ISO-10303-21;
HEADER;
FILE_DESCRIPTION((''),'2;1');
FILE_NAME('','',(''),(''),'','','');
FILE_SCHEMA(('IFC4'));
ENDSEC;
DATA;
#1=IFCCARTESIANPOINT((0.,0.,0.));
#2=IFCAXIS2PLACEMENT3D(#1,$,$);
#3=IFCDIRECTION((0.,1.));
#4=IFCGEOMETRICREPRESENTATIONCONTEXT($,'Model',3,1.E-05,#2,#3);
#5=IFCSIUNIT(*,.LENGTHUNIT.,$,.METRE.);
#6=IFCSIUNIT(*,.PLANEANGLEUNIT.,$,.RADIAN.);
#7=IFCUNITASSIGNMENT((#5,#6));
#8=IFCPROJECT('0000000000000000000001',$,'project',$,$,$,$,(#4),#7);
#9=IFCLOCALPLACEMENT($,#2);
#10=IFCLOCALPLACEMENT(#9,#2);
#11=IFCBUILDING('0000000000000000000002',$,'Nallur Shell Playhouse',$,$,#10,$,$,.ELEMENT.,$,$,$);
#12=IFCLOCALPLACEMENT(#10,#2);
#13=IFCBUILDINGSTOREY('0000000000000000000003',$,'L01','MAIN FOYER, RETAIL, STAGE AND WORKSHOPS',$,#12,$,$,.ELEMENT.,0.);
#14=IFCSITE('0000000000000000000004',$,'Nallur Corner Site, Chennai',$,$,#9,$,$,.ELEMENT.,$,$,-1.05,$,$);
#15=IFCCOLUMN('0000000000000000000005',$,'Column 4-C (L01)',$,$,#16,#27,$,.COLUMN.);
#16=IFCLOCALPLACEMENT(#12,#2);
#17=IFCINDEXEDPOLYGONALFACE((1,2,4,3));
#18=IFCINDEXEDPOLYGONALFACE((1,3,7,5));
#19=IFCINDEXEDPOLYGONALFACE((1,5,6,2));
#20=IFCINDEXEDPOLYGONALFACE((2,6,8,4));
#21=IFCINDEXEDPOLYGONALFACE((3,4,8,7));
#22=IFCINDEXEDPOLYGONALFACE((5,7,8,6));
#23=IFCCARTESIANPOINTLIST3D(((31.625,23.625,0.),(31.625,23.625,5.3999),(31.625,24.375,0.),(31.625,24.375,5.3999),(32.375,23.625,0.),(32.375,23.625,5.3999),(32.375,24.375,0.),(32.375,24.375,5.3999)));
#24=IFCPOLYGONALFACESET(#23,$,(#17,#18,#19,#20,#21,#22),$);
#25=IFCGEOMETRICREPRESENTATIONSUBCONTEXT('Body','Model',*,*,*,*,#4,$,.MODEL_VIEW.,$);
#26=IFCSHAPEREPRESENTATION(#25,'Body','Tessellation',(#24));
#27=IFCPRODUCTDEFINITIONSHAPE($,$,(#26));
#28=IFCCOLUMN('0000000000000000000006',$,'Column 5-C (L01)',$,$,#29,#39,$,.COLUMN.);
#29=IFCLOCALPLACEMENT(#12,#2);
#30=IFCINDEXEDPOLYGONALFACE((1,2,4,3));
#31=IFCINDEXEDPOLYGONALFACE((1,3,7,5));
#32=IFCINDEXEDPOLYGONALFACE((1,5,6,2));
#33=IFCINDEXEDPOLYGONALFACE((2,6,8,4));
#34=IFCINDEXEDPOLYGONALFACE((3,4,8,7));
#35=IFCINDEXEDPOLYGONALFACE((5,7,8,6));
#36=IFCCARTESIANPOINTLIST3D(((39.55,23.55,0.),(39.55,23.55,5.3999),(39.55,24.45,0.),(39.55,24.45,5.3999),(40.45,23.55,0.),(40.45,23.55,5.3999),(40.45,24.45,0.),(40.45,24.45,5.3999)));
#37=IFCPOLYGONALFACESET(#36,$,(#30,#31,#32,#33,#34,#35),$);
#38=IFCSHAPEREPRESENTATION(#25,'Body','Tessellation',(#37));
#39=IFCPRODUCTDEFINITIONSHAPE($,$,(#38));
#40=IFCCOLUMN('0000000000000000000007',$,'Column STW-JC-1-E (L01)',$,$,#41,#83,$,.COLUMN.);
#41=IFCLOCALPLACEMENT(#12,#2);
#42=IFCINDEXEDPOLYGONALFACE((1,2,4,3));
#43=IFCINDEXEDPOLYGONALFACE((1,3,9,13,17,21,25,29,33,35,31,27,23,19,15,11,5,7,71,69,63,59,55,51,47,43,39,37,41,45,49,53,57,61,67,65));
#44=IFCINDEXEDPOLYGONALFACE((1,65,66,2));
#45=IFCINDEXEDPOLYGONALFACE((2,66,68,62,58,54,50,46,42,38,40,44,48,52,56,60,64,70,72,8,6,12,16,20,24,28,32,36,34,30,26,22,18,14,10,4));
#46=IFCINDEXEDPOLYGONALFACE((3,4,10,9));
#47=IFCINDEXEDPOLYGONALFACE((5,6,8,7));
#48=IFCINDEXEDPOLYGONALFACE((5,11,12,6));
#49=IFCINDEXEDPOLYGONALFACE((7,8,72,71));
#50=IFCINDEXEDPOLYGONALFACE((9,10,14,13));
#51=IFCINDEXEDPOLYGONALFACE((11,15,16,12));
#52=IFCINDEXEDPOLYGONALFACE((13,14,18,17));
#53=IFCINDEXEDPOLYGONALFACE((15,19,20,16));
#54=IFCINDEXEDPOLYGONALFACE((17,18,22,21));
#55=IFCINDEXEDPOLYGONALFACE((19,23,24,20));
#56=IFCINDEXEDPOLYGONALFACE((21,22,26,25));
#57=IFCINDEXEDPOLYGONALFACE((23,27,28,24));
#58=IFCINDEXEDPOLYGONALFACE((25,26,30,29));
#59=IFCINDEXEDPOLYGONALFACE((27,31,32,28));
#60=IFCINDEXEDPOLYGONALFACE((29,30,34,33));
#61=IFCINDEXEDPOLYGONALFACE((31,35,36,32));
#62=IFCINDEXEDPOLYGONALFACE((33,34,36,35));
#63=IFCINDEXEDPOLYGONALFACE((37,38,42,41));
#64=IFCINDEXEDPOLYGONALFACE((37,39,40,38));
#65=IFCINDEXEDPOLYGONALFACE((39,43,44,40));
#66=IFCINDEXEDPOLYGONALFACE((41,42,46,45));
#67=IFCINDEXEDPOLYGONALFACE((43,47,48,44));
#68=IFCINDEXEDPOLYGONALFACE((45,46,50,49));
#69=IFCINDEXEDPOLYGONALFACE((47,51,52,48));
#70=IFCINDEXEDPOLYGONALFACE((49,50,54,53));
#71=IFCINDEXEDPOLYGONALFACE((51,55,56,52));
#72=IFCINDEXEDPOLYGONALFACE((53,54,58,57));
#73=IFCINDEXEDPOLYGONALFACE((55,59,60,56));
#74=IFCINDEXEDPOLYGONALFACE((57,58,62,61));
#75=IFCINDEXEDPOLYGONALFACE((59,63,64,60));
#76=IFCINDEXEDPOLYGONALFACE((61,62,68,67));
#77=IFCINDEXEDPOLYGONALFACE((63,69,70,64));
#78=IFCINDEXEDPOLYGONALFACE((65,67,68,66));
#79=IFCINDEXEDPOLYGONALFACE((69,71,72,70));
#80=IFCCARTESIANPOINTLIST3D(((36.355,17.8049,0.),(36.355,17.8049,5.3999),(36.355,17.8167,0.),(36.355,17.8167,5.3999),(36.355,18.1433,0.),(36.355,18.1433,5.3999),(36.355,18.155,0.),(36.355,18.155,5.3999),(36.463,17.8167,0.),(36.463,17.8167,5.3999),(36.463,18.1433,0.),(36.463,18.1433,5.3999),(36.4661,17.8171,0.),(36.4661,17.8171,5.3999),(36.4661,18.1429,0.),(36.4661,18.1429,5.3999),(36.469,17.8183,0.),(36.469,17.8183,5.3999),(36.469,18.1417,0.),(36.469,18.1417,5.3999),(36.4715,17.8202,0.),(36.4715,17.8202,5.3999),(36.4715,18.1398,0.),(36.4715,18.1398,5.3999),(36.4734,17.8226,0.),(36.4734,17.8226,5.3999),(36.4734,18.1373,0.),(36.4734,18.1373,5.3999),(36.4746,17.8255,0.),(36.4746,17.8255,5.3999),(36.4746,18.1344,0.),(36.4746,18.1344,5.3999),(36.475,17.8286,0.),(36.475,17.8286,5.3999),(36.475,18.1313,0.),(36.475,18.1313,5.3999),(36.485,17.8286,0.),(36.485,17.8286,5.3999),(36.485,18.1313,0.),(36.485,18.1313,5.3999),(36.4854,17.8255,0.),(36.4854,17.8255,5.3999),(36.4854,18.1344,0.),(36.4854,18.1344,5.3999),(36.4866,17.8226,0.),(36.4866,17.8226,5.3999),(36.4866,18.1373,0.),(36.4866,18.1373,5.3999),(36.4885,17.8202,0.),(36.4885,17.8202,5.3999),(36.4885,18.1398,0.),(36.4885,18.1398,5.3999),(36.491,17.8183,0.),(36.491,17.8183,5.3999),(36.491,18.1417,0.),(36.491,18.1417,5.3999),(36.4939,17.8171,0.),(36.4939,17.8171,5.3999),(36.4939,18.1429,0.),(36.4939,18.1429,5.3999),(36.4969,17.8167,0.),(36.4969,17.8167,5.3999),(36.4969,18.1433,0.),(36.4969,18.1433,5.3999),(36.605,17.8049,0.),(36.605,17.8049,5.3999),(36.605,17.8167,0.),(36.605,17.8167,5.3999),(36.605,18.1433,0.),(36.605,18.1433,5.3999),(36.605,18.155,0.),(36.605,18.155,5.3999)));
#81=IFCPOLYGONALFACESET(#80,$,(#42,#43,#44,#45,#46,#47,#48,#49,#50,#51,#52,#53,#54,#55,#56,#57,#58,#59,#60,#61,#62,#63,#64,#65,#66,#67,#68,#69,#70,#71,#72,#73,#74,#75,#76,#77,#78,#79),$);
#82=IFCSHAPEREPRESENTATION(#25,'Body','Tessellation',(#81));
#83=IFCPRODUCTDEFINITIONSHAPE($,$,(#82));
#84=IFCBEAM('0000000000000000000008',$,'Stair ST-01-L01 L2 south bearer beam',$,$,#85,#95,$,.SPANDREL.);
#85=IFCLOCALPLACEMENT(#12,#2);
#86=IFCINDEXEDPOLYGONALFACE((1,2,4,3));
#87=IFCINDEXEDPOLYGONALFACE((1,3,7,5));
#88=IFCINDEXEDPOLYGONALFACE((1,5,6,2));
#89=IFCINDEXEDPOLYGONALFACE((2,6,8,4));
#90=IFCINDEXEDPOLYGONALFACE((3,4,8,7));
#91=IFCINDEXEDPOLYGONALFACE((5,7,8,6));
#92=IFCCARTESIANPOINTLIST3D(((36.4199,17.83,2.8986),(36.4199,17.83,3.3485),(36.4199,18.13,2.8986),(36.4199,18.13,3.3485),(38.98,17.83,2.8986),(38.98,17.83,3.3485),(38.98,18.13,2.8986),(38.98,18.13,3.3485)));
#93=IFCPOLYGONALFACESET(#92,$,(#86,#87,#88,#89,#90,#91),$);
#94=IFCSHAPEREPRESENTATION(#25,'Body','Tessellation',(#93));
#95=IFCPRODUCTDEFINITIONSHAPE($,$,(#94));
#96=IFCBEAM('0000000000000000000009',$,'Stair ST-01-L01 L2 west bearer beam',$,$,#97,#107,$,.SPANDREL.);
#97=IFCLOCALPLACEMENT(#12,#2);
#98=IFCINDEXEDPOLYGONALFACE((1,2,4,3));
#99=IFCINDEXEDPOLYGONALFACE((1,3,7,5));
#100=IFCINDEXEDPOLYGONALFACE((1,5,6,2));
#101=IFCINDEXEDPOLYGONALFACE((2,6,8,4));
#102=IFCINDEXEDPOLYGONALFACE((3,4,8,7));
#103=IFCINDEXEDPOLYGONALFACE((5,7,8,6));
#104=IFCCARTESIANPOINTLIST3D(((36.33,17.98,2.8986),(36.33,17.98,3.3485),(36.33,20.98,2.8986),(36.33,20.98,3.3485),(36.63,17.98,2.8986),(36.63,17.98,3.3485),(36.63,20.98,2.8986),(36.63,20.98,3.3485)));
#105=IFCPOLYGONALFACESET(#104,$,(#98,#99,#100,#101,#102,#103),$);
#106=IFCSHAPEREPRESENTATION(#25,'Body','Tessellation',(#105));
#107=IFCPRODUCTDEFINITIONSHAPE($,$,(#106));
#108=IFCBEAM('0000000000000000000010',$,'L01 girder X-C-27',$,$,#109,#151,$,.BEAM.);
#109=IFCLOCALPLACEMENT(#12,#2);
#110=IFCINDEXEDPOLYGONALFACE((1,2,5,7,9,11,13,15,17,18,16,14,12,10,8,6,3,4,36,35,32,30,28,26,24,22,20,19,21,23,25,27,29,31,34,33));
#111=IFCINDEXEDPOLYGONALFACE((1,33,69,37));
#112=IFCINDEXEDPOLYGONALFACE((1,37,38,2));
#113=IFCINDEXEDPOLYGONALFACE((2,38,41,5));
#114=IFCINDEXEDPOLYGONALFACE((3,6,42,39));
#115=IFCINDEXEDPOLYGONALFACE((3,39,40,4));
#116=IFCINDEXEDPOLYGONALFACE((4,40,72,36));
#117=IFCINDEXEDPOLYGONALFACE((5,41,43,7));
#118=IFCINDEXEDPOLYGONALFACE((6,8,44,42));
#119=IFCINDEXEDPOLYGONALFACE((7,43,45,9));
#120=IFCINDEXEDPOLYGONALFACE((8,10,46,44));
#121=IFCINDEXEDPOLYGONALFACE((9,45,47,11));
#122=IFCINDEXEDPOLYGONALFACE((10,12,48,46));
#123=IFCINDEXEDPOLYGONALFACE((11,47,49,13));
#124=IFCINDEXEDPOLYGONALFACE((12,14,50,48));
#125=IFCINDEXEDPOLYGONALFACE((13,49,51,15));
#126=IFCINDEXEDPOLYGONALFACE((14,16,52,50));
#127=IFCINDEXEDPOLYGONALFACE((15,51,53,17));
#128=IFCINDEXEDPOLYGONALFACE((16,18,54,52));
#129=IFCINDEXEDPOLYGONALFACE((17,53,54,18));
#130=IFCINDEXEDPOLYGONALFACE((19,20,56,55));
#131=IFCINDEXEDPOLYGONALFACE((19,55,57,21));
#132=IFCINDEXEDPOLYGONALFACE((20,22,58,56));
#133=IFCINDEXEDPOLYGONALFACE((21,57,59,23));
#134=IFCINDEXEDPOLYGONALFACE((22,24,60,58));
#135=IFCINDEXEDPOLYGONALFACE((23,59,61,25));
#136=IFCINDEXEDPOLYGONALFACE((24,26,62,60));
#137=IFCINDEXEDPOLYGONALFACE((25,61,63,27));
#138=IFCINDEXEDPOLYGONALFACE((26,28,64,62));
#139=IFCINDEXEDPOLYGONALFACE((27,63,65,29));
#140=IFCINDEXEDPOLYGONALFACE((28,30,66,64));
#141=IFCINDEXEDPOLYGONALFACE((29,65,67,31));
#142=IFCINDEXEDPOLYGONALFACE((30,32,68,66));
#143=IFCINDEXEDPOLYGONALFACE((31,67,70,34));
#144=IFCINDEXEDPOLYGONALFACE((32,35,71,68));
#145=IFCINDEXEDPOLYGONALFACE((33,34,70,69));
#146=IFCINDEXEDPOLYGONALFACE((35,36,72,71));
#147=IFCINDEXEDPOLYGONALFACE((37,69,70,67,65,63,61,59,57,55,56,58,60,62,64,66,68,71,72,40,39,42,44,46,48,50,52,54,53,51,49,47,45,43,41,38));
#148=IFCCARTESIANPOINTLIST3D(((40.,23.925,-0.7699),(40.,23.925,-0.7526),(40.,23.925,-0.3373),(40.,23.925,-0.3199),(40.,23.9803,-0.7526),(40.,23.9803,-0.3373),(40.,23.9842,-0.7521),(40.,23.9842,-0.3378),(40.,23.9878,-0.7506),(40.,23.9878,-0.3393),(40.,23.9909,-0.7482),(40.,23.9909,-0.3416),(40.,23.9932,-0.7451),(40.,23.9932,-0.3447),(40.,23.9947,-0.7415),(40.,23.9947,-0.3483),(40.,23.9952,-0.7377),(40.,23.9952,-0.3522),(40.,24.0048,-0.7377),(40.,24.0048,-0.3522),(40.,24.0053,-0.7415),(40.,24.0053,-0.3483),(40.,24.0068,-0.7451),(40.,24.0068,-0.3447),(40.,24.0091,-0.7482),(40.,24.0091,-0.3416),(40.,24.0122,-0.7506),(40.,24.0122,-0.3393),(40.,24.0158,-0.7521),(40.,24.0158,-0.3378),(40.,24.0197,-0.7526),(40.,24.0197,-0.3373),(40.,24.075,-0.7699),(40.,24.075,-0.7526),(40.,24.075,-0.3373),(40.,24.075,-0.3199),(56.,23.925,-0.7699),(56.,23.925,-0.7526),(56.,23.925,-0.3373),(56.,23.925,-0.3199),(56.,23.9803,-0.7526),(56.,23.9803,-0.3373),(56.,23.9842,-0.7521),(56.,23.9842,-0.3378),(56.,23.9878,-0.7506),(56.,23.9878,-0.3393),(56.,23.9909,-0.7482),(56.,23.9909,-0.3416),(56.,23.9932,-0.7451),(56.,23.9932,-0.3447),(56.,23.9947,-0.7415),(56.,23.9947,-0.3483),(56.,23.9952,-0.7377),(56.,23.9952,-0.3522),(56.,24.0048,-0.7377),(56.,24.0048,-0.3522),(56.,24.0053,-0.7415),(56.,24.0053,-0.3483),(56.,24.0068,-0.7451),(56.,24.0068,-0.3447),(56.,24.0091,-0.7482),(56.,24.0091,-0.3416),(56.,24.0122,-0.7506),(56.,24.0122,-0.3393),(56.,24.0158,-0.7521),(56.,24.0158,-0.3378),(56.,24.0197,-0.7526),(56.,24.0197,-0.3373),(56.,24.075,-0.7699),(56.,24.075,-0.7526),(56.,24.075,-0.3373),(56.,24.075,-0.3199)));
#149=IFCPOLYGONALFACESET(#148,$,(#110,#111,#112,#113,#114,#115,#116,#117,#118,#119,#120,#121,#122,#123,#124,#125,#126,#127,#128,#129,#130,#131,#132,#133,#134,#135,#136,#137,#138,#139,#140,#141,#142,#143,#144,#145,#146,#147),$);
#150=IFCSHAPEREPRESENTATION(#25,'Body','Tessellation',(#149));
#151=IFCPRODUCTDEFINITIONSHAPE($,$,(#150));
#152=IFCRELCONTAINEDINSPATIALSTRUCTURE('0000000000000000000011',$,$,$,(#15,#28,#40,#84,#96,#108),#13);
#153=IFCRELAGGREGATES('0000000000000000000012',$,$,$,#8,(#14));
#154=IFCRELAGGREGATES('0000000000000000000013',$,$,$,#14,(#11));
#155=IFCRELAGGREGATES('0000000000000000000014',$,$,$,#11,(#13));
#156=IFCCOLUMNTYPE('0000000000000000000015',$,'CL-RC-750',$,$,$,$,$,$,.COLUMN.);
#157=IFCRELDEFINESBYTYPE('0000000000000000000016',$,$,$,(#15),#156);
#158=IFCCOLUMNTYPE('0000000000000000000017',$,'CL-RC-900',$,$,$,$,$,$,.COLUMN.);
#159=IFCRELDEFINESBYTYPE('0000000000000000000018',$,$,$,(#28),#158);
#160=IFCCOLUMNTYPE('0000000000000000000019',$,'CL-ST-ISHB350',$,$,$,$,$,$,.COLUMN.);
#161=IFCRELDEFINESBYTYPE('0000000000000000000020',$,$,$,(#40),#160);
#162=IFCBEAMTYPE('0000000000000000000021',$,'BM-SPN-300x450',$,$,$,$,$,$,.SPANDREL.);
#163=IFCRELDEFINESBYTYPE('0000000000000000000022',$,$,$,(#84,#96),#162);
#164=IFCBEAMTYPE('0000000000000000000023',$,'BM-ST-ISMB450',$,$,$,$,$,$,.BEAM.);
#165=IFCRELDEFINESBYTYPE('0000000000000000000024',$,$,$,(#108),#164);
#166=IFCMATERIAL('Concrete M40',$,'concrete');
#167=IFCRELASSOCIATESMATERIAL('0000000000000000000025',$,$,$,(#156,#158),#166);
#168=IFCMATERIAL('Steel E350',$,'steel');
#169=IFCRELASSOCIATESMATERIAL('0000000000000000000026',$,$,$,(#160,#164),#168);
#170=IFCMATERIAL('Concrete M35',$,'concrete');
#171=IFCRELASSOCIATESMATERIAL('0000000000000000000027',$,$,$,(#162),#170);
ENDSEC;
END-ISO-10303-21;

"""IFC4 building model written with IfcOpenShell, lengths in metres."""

from ifc_helpers import new_model, si_unit, direction, frame, origin, origin_2d, place, context, subcontext, project, spatial, rectangle, i_section, extrude, material, material_profile, profile_set, type_object, element, save


model = new_model("IFC4")

# Units and contexts
model_context = context("Model", 3, precision=1e-05, world=origin(), true_north=direction((0.0, 1.0)))
body_context = subcontext(model_context, "Body", "Model", "MODEL_VIEW")
ifc_project = project(units=[si_unit("LENGTHUNIT", "METRE"), si_unit("PLANEANGLEUNIT", "RADIAN")], contexts=[model_context])

# Site, building, storey
site_placement = place(None, origin())
site = spatial("IfcSite", under=ifc_project, at=site_placement, Name="Nallur Corner Site, Chennai", CompositionType="ELEMENT", RefElevation=-1.05)
building_placement = place(site_placement, origin())
building = spatial("IfcBuilding", under=site, at=building_placement, Name="Nallur Shell Playhouse", CompositionType="ELEMENT")
storey_placement = place(building_placement, origin())
storey = spatial("IfcBuildingStorey", under=building, at=storey_placement, Name="L01", Description="MAIN FOYER, RETAIL, STAGE AND WORKSHOPS", CompositionType="ELEMENT", Elevation=0.0)

# Columns
ifc_material_1 = material(Name="Concrete M40", Category="concrete")
ifc_material_profile_1 = material_profile(ifc_material_1, rectangle(XDim=0.75, YDim=0.75, at=origin_2d()), Name="RC 750x750")
ifc_profile_set_1 = profile_set([ifc_material_profile_1], Name="Concrete M40")
column_type_1 = type_object("IfcColumnType", Name="CL-RC-750", PredefinedType="COLUMN", material=ifc_profile_set_1)
column_1_placement = place(storey_placement, frame((32.0, 24.0, 0.0), z_axis=(0.0, 0.0, 1.0), x_axis=(1.0, 0.0, 0.0)))
element("IfcColumn", 1, at=column_1_placement, inside=storey, type_object=column_type_1, Name="Column 4-C (L01)", PredefinedType="COLUMN", context=body_context, shape_type="SweptSolid", body=[
    extrude(rectangle(XDim=0.75, YDim=0.75, at=origin_2d()), origin(), (0.0, 0.0, 1.0), 5.3999),
])
ifc_material_profile_2 = material_profile(ifc_material_1, rectangle(XDim=0.8999, YDim=0.8999, at=origin_2d()), Name="RC 900x900")
ifc_profile_set_2 = profile_set([ifc_material_profile_2], Name="Concrete M40")
column_type_2 = type_object("IfcColumnType", Name="CL-RC-900", PredefinedType="COLUMN", material=ifc_profile_set_2)
column_2_placement = place(storey_placement, frame((40.0, 24.0, 0.0), z_axis=(0.0, 0.0, 1.0), x_axis=(1.0, 0.0, 0.0)))
element("IfcColumn", 2, at=column_2_placement, inside=storey, type_object=column_type_2, Name="Column 5-C (L01)", PredefinedType="COLUMN", context=body_context, shape_type="SweptSolid", body=[
    extrude(rectangle(XDim=0.8999, YDim=0.8999, at=origin_2d()), origin(), (0.0, 0.0, 1.0), 5.3999),
])
ifc_material_2 = material(Name="Steel E350", Category="steel")
ifc_material_profile_3 = material_profile(ifc_material_2, i_section(OverallWidth=0.25, OverallDepth=0.3501, WebThickness=0.01, FlangeThickness=0.0117, FilletRadius=0.012, at=origin_2d()), Name="ISHB 350")
ifc_profile_set_3 = profile_set([ifc_material_profile_3], Name="Steel E350")
column_type_3 = type_object("IfcColumnType", Name="CL-ST-ISHB350", PredefinedType="COLUMN", material=ifc_profile_set_3)
column_3_placement = place(storey_placement, frame((36.48, 17.98, 0.0), z_axis=(0.0, 0.0, 1.0), x_axis=(1.0, 0.0, 0.0)))
element("IfcColumn", 3, at=column_3_placement, inside=storey, type_object=column_type_3, Name="Column STW-JC-1-E (L01)", PredefinedType="COLUMN", context=body_context, shape_type="SweptSolid", body=[
    extrude(i_section(OverallWidth=0.25, OverallDepth=0.3501, WebThickness=0.01, FlangeThickness=0.0117, FilletRadius=0.012, at=origin_2d()), origin(), (0.0, 0.0, 1.0), 5.3999),
])

# Beams
ifc_material_3 = material(Name="Concrete M35", Category="concrete")
ifc_material_profile_4 = material_profile(ifc_material_3, rectangle(XDim=0.3, YDim=0.45, at=origin_2d()), Name="RC 300x450")
ifc_profile_set_4 = profile_set([ifc_material_profile_4], Name="Concrete M35")
beam_type_1 = type_object("IfcBeamType", Name="BM-SPN-300x450", PredefinedType="SPANDREL", material=ifc_profile_set_4)
beam_1_placement = place(storey_placement, frame((36.4199, 17.98, 3.1235), z_axis=(1.0, 0.0, 0.0), x_axis=(0.0, 1.0, 0.0)))
element("IfcBeam", 4, at=beam_1_placement, inside=storey, type_object=beam_type_1, Name="Stair ST-01-L01 L2 south bearer beam", PredefinedType="SPANDREL", context=body_context, shape_type="SweptSolid", body=[
    extrude(rectangle(XDim=0.3, YDim=0.45, at=origin_2d()), origin(), (0.0, 0.0, 1.0), 2.5601),
])
beam_2_placement = place(storey_placement, frame((36.48, 17.98, 3.1235), z_axis=(0.0, 1.0, 0.0), x_axis=(-1.0, 0.0, 0.0)))
element("IfcBeam", 5, at=beam_2_placement, inside=storey, type_object=beam_type_1, Name="Stair ST-01-L01 L2 west bearer beam", PredefinedType="SPANDREL", context=body_context, shape_type="SweptSolid", body=[
    extrude(rectangle(XDim=0.3, YDim=0.45, at=origin_2d()), origin(), (0.0, 0.0, 1.0), 3.0),
])
ifc_material_profile_5 = material_profile(ifc_material_2, i_section(OverallWidth=0.1499, OverallDepth=0.45, WebThickness=0.0095, FlangeThickness=0.0173, FilletRadius=0.0149, at=origin_2d()), Name="ISMB 450")
ifc_profile_set_5 = profile_set([ifc_material_profile_5], Name="Steel E350")
beam_type_2 = type_object("IfcBeamType", Name="BM-ST-ISMB450", PredefinedType="BEAM", material=ifc_profile_set_5)
beam_3_placement = place(storey_placement, frame((40.0, 24.0, -0.5449), z_axis=(1.0, 0.0, 0.0), x_axis=(0.0, 1.0, 0.0)))
element("IfcBeam", 6, at=beam_3_placement, inside=storey, type_object=beam_type_2, Name="L01 girder X-C-27", PredefinedType="BEAM", context=body_context, shape_type="SweptSolid", body=[
    extrude(i_section(OverallWidth=0.1499, OverallDepth=0.45, WebThickness=0.0095, FlangeThickness=0.0173, FilletRadius=0.0149, at=origin_2d()), origin(), (0.0, 0.0, 1.0), 16.0),
])

save(model, "model.ifc")
